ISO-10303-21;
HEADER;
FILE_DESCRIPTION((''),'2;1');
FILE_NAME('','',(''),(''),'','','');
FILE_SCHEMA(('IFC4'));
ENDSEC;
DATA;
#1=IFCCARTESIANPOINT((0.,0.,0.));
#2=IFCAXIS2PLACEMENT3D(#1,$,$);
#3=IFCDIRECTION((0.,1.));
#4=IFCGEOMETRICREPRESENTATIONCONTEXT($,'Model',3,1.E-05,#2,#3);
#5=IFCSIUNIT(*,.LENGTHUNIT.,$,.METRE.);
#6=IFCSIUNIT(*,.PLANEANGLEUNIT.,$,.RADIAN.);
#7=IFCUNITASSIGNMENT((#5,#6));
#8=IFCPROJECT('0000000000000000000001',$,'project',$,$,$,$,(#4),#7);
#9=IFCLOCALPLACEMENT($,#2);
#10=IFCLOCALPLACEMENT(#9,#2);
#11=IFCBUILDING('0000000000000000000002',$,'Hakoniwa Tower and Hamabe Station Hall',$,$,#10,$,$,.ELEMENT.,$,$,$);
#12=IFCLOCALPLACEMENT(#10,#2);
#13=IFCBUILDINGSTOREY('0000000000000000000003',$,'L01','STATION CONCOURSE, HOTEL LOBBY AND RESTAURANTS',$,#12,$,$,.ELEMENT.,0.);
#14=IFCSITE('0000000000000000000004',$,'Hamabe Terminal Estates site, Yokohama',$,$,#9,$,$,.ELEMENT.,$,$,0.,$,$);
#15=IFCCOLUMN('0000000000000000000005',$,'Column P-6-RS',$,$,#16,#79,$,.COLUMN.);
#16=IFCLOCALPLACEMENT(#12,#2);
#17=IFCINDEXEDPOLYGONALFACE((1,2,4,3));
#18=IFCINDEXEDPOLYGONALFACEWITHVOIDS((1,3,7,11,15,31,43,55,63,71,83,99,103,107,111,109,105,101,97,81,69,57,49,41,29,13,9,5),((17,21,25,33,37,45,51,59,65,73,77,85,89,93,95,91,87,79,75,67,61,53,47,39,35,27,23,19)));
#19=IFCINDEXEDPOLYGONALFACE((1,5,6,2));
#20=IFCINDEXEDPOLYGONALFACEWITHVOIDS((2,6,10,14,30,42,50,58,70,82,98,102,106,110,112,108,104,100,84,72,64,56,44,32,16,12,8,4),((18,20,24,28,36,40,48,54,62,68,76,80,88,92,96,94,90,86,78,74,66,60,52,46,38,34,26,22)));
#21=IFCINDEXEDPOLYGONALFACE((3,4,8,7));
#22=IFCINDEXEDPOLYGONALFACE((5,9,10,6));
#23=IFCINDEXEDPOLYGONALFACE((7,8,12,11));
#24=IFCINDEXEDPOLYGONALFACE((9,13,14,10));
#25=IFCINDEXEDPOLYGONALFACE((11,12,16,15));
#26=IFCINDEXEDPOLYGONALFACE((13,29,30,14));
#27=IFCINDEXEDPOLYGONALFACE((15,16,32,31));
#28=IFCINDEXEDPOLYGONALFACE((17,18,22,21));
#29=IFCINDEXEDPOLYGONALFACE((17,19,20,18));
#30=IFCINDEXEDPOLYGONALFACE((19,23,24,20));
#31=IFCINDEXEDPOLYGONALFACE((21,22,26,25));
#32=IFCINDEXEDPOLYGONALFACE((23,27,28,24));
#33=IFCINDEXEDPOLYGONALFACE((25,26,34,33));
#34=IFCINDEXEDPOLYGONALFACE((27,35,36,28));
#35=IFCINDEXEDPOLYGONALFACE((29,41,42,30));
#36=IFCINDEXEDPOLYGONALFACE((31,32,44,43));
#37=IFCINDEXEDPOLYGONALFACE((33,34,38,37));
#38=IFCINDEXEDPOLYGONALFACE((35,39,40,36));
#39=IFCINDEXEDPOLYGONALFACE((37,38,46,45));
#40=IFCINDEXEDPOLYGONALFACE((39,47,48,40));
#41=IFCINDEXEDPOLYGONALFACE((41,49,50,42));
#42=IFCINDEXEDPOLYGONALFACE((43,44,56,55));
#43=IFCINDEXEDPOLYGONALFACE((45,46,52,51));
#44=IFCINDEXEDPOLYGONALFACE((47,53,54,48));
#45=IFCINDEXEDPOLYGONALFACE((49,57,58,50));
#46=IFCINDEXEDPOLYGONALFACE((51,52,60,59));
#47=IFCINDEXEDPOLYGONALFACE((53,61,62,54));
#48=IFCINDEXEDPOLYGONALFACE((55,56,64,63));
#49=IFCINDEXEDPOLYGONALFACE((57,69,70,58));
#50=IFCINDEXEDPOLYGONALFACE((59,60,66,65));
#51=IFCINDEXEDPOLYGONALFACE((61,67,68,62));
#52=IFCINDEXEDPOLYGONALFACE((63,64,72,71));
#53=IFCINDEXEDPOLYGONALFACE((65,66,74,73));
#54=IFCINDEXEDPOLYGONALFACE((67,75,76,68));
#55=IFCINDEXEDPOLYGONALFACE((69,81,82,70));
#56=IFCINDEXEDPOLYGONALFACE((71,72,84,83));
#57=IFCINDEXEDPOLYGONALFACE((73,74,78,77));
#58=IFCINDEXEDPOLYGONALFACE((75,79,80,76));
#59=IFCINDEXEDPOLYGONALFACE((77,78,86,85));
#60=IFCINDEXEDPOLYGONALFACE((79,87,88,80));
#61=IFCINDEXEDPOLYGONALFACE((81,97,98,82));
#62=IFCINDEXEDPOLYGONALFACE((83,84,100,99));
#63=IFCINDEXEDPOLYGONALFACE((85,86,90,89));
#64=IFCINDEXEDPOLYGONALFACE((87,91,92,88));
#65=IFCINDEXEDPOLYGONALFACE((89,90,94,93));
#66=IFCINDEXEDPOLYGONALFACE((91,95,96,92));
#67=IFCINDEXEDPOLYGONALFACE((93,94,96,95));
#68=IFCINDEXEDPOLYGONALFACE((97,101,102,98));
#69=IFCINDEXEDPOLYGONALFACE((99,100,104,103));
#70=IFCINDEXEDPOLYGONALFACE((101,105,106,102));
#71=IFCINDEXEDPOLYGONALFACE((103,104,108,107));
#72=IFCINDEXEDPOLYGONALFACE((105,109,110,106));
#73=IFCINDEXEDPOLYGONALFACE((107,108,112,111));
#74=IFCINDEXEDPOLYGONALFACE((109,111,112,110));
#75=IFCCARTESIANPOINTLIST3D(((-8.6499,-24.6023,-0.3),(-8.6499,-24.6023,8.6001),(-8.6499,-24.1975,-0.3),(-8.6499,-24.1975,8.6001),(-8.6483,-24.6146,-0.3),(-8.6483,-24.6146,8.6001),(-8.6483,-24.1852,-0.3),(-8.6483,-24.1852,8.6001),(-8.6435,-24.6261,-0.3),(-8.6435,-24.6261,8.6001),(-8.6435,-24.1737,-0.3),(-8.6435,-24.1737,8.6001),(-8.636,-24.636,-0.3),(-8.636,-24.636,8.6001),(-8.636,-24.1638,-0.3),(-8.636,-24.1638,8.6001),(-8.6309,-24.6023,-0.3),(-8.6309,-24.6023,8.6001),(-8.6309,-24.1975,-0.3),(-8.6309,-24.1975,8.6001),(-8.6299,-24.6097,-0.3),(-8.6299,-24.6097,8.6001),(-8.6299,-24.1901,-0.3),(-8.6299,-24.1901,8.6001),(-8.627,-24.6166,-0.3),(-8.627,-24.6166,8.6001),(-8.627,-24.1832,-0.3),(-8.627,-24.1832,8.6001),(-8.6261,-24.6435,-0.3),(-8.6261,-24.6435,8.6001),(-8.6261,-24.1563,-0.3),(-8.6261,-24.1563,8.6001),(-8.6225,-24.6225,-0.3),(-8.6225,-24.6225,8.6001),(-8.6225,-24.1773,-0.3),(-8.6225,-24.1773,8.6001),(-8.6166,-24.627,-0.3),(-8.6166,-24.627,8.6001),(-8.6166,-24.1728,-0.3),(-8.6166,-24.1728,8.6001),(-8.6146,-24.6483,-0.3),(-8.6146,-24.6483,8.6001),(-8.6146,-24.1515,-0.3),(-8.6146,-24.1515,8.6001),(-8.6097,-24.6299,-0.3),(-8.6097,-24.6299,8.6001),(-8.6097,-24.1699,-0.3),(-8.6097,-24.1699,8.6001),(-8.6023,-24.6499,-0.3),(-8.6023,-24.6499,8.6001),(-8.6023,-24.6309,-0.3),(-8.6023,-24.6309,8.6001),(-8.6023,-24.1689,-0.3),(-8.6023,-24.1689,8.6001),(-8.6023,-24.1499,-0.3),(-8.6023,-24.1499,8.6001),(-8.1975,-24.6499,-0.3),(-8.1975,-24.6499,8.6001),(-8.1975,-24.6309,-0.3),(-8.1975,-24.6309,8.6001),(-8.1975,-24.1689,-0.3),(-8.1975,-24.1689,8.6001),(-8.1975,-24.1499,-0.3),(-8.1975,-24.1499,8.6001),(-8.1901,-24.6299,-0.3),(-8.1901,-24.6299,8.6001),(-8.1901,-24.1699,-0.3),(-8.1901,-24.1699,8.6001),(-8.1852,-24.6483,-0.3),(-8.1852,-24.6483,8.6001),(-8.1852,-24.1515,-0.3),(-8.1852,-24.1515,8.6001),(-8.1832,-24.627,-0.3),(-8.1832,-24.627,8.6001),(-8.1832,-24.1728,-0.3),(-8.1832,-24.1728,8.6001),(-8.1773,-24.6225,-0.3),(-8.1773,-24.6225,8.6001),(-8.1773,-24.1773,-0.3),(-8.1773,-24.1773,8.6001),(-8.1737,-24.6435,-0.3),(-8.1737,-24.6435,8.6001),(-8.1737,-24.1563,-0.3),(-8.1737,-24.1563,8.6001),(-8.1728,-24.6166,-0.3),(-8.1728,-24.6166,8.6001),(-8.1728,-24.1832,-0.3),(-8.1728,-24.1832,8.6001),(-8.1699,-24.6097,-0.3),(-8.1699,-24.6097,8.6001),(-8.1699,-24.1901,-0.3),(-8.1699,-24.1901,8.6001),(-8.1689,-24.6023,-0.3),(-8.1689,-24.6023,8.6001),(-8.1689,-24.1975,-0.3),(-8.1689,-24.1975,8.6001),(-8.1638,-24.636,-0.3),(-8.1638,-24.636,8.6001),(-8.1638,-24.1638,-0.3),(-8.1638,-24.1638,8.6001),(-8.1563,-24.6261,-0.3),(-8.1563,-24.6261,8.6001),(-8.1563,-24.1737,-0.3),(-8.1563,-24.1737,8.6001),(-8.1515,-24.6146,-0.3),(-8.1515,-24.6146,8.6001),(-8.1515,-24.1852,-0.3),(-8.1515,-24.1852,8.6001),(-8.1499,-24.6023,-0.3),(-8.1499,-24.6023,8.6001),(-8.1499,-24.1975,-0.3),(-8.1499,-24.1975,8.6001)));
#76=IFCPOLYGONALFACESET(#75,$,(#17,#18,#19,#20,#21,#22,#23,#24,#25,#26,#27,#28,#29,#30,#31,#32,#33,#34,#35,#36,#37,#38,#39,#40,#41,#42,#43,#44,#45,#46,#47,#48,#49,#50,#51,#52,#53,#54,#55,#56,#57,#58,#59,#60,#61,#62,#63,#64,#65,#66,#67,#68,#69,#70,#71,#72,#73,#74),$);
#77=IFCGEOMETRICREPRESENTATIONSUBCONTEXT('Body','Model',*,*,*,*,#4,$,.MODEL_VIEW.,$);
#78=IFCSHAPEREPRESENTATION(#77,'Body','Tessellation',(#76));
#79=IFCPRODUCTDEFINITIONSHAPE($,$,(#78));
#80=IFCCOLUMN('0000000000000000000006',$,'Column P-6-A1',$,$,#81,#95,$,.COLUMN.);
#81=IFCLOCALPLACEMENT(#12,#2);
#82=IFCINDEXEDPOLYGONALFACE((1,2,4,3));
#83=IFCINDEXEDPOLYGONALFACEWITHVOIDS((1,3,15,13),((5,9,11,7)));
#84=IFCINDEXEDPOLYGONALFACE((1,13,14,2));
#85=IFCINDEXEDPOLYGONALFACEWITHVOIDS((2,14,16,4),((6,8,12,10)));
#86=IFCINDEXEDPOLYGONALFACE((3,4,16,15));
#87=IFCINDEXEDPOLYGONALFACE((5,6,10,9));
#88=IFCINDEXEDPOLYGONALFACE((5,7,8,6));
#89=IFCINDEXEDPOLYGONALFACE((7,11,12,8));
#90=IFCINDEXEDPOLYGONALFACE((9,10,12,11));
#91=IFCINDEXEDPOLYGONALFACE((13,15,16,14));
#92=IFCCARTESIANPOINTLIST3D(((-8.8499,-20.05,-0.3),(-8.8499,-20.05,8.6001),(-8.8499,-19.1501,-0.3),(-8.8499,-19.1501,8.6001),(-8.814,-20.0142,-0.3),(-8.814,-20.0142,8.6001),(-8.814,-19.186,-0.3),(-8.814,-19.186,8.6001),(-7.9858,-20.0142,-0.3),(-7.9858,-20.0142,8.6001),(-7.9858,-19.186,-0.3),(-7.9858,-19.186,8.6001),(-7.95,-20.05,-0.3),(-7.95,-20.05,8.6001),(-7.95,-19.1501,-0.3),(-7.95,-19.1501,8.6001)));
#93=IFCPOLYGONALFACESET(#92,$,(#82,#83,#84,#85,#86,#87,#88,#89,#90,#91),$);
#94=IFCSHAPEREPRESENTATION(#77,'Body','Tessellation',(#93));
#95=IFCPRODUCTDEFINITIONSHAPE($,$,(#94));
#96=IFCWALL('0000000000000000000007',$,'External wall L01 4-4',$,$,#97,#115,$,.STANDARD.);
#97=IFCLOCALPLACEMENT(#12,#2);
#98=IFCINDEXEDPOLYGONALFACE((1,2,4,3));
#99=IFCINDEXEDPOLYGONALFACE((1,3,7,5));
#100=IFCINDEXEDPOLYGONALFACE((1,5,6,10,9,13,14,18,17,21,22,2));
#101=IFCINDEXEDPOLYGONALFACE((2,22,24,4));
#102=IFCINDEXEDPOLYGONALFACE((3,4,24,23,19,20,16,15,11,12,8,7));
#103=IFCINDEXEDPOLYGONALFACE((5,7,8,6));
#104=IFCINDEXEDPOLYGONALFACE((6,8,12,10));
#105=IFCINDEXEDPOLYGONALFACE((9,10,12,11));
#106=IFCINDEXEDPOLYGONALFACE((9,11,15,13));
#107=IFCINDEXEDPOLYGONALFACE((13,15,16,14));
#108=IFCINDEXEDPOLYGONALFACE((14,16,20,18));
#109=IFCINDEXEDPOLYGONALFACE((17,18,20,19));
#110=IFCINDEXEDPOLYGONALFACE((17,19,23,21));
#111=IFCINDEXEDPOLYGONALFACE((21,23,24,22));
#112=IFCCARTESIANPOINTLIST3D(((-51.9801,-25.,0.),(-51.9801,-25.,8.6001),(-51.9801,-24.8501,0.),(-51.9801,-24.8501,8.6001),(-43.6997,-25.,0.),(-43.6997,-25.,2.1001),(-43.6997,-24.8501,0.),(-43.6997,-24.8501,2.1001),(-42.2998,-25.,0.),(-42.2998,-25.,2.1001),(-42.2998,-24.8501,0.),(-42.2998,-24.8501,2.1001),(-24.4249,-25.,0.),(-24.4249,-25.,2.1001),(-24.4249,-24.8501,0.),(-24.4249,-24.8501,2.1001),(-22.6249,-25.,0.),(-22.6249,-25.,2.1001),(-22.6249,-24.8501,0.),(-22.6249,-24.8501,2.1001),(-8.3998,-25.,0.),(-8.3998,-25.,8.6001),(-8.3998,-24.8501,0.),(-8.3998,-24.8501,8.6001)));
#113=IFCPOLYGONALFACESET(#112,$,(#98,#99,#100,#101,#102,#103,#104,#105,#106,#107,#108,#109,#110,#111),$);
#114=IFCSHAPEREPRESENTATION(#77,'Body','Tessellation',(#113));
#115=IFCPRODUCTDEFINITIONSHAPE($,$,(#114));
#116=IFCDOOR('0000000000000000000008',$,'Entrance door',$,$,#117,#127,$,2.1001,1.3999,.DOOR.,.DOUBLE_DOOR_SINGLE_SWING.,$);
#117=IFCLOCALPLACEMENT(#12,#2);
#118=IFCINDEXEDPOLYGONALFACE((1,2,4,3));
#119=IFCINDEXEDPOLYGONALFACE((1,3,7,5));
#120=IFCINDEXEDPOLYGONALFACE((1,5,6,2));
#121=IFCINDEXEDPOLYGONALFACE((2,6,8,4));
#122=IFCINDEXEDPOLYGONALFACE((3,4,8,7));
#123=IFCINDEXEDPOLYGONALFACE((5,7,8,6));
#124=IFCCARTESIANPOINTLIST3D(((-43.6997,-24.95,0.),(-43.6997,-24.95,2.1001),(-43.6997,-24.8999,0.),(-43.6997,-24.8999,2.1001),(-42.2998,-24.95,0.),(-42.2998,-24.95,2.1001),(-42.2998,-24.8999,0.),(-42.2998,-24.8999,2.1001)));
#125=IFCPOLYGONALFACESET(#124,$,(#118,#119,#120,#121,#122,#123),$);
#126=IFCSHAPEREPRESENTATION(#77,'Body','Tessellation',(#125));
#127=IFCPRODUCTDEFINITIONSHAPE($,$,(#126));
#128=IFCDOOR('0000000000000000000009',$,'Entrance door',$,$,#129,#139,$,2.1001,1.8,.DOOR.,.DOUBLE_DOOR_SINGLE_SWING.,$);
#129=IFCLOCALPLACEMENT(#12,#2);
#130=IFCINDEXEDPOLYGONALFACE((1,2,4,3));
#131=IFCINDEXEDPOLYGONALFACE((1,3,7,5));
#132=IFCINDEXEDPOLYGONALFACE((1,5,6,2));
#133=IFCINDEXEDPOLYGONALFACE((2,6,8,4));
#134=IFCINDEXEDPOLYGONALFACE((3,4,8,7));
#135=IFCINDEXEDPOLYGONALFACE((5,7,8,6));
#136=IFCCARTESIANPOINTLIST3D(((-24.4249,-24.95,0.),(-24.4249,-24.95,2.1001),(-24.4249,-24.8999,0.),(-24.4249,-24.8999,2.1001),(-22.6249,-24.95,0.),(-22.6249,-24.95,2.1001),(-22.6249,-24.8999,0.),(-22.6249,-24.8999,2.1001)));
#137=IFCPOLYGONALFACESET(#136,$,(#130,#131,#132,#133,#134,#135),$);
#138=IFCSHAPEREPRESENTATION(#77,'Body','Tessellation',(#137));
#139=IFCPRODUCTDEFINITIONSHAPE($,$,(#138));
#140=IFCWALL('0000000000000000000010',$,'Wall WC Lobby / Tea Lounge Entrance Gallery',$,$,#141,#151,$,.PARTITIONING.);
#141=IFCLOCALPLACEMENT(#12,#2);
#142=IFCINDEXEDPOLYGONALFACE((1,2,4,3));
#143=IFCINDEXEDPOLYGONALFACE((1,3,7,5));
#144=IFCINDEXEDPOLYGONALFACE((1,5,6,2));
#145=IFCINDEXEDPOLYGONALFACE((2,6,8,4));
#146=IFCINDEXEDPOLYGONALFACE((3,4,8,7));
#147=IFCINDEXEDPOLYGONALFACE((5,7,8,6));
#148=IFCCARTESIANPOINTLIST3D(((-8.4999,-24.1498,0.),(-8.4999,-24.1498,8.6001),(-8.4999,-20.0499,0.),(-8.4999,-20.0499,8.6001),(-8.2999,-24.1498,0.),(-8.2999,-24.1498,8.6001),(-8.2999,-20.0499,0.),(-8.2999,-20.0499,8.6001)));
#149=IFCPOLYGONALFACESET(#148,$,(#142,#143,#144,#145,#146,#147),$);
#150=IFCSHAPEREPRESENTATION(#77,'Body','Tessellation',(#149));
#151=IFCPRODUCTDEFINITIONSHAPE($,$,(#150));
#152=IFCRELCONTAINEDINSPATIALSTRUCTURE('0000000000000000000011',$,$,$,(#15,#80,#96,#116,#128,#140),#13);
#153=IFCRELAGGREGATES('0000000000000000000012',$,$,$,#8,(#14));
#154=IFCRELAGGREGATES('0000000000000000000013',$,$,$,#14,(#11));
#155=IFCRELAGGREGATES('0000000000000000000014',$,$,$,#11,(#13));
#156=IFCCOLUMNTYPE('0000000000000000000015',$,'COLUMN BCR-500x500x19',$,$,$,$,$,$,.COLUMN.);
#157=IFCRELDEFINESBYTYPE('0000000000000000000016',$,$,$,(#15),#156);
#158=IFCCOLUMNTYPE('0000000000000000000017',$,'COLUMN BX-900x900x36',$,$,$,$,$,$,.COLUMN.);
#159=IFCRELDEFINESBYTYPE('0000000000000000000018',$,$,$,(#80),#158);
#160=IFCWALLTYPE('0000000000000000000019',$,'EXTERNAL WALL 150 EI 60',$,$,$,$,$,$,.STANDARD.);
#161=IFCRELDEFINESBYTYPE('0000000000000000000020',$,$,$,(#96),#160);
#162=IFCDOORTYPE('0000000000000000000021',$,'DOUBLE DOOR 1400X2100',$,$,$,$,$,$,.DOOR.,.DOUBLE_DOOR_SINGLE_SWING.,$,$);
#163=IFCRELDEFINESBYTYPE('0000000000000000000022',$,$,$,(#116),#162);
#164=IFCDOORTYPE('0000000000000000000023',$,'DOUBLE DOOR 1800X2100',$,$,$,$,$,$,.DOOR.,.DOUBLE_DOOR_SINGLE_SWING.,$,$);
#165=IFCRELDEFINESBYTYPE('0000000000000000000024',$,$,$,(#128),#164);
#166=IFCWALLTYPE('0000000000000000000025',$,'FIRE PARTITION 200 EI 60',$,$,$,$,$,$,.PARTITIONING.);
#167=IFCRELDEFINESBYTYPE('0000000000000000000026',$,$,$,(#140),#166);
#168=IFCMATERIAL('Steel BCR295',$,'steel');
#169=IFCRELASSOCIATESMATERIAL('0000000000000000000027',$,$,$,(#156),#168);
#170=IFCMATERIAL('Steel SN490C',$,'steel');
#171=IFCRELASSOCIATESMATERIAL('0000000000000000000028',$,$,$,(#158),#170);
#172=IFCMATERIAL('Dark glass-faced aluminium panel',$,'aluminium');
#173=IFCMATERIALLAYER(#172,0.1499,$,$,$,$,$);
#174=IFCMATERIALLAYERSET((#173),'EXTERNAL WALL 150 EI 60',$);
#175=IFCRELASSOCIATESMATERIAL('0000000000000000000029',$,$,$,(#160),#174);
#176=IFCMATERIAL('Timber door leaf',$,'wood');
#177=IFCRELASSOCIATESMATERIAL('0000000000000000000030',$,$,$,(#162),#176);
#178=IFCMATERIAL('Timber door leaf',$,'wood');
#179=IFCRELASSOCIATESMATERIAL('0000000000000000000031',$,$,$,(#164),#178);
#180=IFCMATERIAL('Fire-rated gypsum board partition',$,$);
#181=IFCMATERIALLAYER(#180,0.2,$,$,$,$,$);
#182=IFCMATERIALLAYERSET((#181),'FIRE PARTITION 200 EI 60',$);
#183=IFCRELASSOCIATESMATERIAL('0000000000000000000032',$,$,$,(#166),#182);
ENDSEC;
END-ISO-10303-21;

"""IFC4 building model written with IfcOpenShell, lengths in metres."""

from ifc_helpers import new_model, si_unit, direction, frame, frame_2d, origin, origin_2d, place, context, subcontext, project, spatial, rectangle, hollow_rectangle, extrude, material, layer, layer_set, material_profile, profile_set, type_object, element, fill, save


model = new_model("IFC4")

# Units and contexts
model_context = context("Model", 3, precision=1e-05, world=origin(), true_north=direction((0.0, 1.0)))
body_context = subcontext(model_context, "Body", "Model", "MODEL_VIEW")
ifc_project = project(units=[si_unit("LENGTHUNIT", "METRE"), si_unit("PLANEANGLEUNIT", "RADIAN")], contexts=[model_context])

# Site, building, storey
site_placement = place(None, origin())
site = spatial("IfcSite", under=ifc_project, at=site_placement, Name="Hamabe Terminal Estates site, Yokohama", CompositionType="ELEMENT", RefElevation=0.0)
building_placement = place(site_placement, origin())
building = spatial("IfcBuilding", under=site, at=building_placement, Name="Hakoniwa Tower and Hamabe Station Hall", CompositionType="ELEMENT")
storey_placement = place(building_placement, origin())
storey = spatial("IfcBuildingStorey", under=building, at=storey_placement, Name="L01", Description="STATION CONCOURSE, HOTEL LOBBY AND RESTAURANTS", CompositionType="ELEMENT", Elevation=0.0)

# Columns
ifc_material_1 = material(Name="Steel BCR295", Category="steel")
ifc_material_profile_1 = material_profile(ifc_material_1, hollow_rectangle(XDim=0.5, YDim=0.5, WallThickness=0.019, InnerFilletRadius=0.0286, OuterFilletRadius=0.0476, at=origin_2d()), Name="BCR-500x500x19")
ifc_profile_set_1 = profile_set([ifc_material_profile_1], Name="Steel BCR295")
column_type_1 = type_object("IfcColumnType", Name="COLUMN BCR-500x500x19", PredefinedType="COLUMN", material=ifc_profile_set_1)
column_1_placement = place(storey_placement, frame((-8.3999, -24.3999, -0.3), z_axis=(0.0, 0.0, 1.0), x_axis=(1.0, 0.0, 0.0)))
element("IfcColumn", 1, at=column_1_placement, inside=storey, type_object=column_type_1, Name="Column P-6-RS", PredefinedType="COLUMN", context=body_context, shape_type="SweptSolid", body=[
    extrude(hollow_rectangle(XDim=0.5, YDim=0.5, WallThickness=0.019, InnerFilletRadius=0.0286, OuterFilletRadius=0.0476, at=origin_2d()), origin(), (0.0, 0.0, 1.0), 8.9001),
])
ifc_material_2 = material(Name="Steel SN490C", Category="steel")
ifc_material_profile_2 = material_profile(ifc_material_2, hollow_rectangle(XDim=0.8999, YDim=0.8999, WallThickness=0.0359, at=origin_2d()), Name="BX-900x900x36")
ifc_profile_set_2 = profile_set([ifc_material_profile_2], Name="Steel SN490C")
column_type_2 = type_object("IfcColumnType", Name="COLUMN BX-900x900x36", PredefinedType="COLUMN", material=ifc_profile_set_2)
column_2_placement = place(storey_placement, frame((-8.3999, -19.6001, -0.3), z_axis=(0.0, 0.0, 1.0), x_axis=(1.0, 0.0, 0.0)))
element("IfcColumn", 2, at=column_2_placement, inside=storey, type_object=column_type_2, Name="Column P-6-A1", PredefinedType="COLUMN", context=body_context, shape_type="SweptSolid", body=[
    extrude(hollow_rectangle(XDim=0.8999, YDim=0.8999, WallThickness=0.0359, at=origin_2d()), origin(), (0.0, 0.0, 1.0), 8.9001),
])

# Wall, openings, doors
ifc_material_3 = material(Name="Dark glass-faced aluminium panel", Category="aluminium")
ifc_layer_1 = layer(ifc_material_3, 0.1499)
ifc_layer_set_1 = layer_set([ifc_layer_1], Name="EXTERNAL WALL 150 EI 60")
wall_type_1 = type_object("IfcWallType", Name="EXTERNAL WALL 150 EI 60", PredefinedType="STANDARD", material=ifc_layer_set_1)
wall_1_placement = place(storey_placement, frame((-8.3999, -24.925, 0.0), z_axis=(0.0, 0.0, 1.0), x_axis=(-1.0, 0.0, 0.0)))
wall_1 = element("IfcWall", 3, at=wall_1_placement, inside=storey, type_object=wall_type_1, Name="External wall L01 4-4", PredefinedType="STANDARD", context=body_context, shape_type="SweptSolid", body=[
    extrude(rectangle(XDim=43.5803, YDim=0.1499, at=frame_2d((21.79, 0.0))), origin(), (0.0, 0.0, 1.0), 8.6001),
])
opening_1_placement = place(wall_1_placement, frame((33.8999, 0.0, 0.0)))
opening_1 = element("IfcOpeningElement", 4, at=opening_1_placement, cuts=wall_1, PredefinedType="OPENING", context=body_context, shape_type="SweptSolid", body=[
    extrude(rectangle(XDim=1.3999, YDim=2.1001, at=frame_2d((0.7, 1.05))), frame((0.0, 0.085, 0.0), z_axis=(0.0, -1.0, 0.0), x_axis=(1.0, 0.0, 0.0)), (0.0, 0.0, 1.0), 0.1699),
])
opening_2_placement = place(wall_1_placement, frame((14.2251, 0.0, 0.0)))
opening_2 = element("IfcOpeningElement", 5, at=opening_2_placement, cuts=wall_1, PredefinedType="OPENING", context=body_context, shape_type="SweptSolid", body=[
    extrude(rectangle(XDim=1.8, YDim=2.1001, at=frame_2d((0.8999, 1.05))), frame((0.0, 0.085, 0.0), z_axis=(0.0, -1.0, 0.0), x_axis=(1.0, 0.0, 0.0)), (0.0, 0.0, 1.0), 0.1699),
])
ifc_material_4 = material(Name="Timber door leaf", Category="wood")
door_type_1 = type_object("IfcDoorType", Name="DOUBLE DOOR 1400X2100", OperationType="DOUBLE_DOOR_SINGLE_SWING", PredefinedType="DOOR", material=ifc_material_4)
door_1_placement = place(opening_1_placement, origin())
door_1 = element("IfcDoor", 6, at=door_1_placement, inside=storey, type_object=door_type_1, Name="Entrance door", OperationType="DOUBLE_DOOR_SINGLE_SWING", OverallHeight=2.1001, OverallWidth=1.3999, PredefinedType="DOOR", context=body_context, shape_type="SweptSolid", body=[
    extrude(rectangle(XDim=1.3999, YDim=2.1001, at=frame_2d((0.7, 1.05))), frame((0.0, 0.0249, 0.0), z_axis=(0.0, -1.0, 0.0), x_axis=(1.0, 0.0, 0.0)), (0.0, 0.0, 1.0), 0.05),
])
fill(opening_1, door_1)
ifc_material_5 = material(Name="Timber door leaf", Category="wood")
door_type_2 = type_object("IfcDoorType", Name="DOUBLE DOOR 1800X2100", OperationType="DOUBLE_DOOR_SINGLE_SWING", PredefinedType="DOOR", material=ifc_material_5)
door_2_placement = place(opening_2_placement, origin())
door_2 = element("IfcDoor", 7, at=door_2_placement, inside=storey, type_object=door_type_2, Name="Entrance door", OperationType="DOUBLE_DOOR_SINGLE_SWING", OverallHeight=2.1001, OverallWidth=1.8, PredefinedType="DOOR", context=body_context, shape_type="SweptSolid", body=[
    extrude(rectangle(XDim=1.8, YDim=2.1001, at=frame_2d((0.8999, 1.05))), frame((0.0, 0.0249, 0.0), z_axis=(0.0, -1.0, 0.0), x_axis=(1.0, 0.0, 0.0)), (0.0, 0.0, 1.0), 0.05),
])
fill(opening_2, door_2)

# Wall
ifc_material_6 = material(Name="Fire-rated gypsum board partition")
ifc_layer_2 = layer(ifc_material_6, 0.2)
ifc_layer_set_2 = layer_set([ifc_layer_2], Name="FIRE PARTITION 200 EI 60")
wall_type_2 = type_object("IfcWallType", Name="FIRE PARTITION 200 EI 60", PredefinedType="PARTITIONING", material=ifc_layer_set_2)
wall_2_placement = place(storey_placement, frame((-8.3999, -20.05, 0.0), z_axis=(0.0, 0.0, 1.0), x_axis=(0.0, -1.0, 0.0)))
element("IfcWall", 8, at=wall_2_placement, inside=storey, type_object=wall_type_2, Name="Wall WC Lobby / Tea Lounge Entrance Gallery", PredefinedType="PARTITIONING", context=body_context, shape_type="SweptSolid", body=[
    extrude(rectangle(XDim=4.0999, YDim=0.2, at=frame_2d((2.0498, 0.0))), origin(), (0.0, 0.0, 1.0), 8.6001),
])

save(model, "model.ifc")
